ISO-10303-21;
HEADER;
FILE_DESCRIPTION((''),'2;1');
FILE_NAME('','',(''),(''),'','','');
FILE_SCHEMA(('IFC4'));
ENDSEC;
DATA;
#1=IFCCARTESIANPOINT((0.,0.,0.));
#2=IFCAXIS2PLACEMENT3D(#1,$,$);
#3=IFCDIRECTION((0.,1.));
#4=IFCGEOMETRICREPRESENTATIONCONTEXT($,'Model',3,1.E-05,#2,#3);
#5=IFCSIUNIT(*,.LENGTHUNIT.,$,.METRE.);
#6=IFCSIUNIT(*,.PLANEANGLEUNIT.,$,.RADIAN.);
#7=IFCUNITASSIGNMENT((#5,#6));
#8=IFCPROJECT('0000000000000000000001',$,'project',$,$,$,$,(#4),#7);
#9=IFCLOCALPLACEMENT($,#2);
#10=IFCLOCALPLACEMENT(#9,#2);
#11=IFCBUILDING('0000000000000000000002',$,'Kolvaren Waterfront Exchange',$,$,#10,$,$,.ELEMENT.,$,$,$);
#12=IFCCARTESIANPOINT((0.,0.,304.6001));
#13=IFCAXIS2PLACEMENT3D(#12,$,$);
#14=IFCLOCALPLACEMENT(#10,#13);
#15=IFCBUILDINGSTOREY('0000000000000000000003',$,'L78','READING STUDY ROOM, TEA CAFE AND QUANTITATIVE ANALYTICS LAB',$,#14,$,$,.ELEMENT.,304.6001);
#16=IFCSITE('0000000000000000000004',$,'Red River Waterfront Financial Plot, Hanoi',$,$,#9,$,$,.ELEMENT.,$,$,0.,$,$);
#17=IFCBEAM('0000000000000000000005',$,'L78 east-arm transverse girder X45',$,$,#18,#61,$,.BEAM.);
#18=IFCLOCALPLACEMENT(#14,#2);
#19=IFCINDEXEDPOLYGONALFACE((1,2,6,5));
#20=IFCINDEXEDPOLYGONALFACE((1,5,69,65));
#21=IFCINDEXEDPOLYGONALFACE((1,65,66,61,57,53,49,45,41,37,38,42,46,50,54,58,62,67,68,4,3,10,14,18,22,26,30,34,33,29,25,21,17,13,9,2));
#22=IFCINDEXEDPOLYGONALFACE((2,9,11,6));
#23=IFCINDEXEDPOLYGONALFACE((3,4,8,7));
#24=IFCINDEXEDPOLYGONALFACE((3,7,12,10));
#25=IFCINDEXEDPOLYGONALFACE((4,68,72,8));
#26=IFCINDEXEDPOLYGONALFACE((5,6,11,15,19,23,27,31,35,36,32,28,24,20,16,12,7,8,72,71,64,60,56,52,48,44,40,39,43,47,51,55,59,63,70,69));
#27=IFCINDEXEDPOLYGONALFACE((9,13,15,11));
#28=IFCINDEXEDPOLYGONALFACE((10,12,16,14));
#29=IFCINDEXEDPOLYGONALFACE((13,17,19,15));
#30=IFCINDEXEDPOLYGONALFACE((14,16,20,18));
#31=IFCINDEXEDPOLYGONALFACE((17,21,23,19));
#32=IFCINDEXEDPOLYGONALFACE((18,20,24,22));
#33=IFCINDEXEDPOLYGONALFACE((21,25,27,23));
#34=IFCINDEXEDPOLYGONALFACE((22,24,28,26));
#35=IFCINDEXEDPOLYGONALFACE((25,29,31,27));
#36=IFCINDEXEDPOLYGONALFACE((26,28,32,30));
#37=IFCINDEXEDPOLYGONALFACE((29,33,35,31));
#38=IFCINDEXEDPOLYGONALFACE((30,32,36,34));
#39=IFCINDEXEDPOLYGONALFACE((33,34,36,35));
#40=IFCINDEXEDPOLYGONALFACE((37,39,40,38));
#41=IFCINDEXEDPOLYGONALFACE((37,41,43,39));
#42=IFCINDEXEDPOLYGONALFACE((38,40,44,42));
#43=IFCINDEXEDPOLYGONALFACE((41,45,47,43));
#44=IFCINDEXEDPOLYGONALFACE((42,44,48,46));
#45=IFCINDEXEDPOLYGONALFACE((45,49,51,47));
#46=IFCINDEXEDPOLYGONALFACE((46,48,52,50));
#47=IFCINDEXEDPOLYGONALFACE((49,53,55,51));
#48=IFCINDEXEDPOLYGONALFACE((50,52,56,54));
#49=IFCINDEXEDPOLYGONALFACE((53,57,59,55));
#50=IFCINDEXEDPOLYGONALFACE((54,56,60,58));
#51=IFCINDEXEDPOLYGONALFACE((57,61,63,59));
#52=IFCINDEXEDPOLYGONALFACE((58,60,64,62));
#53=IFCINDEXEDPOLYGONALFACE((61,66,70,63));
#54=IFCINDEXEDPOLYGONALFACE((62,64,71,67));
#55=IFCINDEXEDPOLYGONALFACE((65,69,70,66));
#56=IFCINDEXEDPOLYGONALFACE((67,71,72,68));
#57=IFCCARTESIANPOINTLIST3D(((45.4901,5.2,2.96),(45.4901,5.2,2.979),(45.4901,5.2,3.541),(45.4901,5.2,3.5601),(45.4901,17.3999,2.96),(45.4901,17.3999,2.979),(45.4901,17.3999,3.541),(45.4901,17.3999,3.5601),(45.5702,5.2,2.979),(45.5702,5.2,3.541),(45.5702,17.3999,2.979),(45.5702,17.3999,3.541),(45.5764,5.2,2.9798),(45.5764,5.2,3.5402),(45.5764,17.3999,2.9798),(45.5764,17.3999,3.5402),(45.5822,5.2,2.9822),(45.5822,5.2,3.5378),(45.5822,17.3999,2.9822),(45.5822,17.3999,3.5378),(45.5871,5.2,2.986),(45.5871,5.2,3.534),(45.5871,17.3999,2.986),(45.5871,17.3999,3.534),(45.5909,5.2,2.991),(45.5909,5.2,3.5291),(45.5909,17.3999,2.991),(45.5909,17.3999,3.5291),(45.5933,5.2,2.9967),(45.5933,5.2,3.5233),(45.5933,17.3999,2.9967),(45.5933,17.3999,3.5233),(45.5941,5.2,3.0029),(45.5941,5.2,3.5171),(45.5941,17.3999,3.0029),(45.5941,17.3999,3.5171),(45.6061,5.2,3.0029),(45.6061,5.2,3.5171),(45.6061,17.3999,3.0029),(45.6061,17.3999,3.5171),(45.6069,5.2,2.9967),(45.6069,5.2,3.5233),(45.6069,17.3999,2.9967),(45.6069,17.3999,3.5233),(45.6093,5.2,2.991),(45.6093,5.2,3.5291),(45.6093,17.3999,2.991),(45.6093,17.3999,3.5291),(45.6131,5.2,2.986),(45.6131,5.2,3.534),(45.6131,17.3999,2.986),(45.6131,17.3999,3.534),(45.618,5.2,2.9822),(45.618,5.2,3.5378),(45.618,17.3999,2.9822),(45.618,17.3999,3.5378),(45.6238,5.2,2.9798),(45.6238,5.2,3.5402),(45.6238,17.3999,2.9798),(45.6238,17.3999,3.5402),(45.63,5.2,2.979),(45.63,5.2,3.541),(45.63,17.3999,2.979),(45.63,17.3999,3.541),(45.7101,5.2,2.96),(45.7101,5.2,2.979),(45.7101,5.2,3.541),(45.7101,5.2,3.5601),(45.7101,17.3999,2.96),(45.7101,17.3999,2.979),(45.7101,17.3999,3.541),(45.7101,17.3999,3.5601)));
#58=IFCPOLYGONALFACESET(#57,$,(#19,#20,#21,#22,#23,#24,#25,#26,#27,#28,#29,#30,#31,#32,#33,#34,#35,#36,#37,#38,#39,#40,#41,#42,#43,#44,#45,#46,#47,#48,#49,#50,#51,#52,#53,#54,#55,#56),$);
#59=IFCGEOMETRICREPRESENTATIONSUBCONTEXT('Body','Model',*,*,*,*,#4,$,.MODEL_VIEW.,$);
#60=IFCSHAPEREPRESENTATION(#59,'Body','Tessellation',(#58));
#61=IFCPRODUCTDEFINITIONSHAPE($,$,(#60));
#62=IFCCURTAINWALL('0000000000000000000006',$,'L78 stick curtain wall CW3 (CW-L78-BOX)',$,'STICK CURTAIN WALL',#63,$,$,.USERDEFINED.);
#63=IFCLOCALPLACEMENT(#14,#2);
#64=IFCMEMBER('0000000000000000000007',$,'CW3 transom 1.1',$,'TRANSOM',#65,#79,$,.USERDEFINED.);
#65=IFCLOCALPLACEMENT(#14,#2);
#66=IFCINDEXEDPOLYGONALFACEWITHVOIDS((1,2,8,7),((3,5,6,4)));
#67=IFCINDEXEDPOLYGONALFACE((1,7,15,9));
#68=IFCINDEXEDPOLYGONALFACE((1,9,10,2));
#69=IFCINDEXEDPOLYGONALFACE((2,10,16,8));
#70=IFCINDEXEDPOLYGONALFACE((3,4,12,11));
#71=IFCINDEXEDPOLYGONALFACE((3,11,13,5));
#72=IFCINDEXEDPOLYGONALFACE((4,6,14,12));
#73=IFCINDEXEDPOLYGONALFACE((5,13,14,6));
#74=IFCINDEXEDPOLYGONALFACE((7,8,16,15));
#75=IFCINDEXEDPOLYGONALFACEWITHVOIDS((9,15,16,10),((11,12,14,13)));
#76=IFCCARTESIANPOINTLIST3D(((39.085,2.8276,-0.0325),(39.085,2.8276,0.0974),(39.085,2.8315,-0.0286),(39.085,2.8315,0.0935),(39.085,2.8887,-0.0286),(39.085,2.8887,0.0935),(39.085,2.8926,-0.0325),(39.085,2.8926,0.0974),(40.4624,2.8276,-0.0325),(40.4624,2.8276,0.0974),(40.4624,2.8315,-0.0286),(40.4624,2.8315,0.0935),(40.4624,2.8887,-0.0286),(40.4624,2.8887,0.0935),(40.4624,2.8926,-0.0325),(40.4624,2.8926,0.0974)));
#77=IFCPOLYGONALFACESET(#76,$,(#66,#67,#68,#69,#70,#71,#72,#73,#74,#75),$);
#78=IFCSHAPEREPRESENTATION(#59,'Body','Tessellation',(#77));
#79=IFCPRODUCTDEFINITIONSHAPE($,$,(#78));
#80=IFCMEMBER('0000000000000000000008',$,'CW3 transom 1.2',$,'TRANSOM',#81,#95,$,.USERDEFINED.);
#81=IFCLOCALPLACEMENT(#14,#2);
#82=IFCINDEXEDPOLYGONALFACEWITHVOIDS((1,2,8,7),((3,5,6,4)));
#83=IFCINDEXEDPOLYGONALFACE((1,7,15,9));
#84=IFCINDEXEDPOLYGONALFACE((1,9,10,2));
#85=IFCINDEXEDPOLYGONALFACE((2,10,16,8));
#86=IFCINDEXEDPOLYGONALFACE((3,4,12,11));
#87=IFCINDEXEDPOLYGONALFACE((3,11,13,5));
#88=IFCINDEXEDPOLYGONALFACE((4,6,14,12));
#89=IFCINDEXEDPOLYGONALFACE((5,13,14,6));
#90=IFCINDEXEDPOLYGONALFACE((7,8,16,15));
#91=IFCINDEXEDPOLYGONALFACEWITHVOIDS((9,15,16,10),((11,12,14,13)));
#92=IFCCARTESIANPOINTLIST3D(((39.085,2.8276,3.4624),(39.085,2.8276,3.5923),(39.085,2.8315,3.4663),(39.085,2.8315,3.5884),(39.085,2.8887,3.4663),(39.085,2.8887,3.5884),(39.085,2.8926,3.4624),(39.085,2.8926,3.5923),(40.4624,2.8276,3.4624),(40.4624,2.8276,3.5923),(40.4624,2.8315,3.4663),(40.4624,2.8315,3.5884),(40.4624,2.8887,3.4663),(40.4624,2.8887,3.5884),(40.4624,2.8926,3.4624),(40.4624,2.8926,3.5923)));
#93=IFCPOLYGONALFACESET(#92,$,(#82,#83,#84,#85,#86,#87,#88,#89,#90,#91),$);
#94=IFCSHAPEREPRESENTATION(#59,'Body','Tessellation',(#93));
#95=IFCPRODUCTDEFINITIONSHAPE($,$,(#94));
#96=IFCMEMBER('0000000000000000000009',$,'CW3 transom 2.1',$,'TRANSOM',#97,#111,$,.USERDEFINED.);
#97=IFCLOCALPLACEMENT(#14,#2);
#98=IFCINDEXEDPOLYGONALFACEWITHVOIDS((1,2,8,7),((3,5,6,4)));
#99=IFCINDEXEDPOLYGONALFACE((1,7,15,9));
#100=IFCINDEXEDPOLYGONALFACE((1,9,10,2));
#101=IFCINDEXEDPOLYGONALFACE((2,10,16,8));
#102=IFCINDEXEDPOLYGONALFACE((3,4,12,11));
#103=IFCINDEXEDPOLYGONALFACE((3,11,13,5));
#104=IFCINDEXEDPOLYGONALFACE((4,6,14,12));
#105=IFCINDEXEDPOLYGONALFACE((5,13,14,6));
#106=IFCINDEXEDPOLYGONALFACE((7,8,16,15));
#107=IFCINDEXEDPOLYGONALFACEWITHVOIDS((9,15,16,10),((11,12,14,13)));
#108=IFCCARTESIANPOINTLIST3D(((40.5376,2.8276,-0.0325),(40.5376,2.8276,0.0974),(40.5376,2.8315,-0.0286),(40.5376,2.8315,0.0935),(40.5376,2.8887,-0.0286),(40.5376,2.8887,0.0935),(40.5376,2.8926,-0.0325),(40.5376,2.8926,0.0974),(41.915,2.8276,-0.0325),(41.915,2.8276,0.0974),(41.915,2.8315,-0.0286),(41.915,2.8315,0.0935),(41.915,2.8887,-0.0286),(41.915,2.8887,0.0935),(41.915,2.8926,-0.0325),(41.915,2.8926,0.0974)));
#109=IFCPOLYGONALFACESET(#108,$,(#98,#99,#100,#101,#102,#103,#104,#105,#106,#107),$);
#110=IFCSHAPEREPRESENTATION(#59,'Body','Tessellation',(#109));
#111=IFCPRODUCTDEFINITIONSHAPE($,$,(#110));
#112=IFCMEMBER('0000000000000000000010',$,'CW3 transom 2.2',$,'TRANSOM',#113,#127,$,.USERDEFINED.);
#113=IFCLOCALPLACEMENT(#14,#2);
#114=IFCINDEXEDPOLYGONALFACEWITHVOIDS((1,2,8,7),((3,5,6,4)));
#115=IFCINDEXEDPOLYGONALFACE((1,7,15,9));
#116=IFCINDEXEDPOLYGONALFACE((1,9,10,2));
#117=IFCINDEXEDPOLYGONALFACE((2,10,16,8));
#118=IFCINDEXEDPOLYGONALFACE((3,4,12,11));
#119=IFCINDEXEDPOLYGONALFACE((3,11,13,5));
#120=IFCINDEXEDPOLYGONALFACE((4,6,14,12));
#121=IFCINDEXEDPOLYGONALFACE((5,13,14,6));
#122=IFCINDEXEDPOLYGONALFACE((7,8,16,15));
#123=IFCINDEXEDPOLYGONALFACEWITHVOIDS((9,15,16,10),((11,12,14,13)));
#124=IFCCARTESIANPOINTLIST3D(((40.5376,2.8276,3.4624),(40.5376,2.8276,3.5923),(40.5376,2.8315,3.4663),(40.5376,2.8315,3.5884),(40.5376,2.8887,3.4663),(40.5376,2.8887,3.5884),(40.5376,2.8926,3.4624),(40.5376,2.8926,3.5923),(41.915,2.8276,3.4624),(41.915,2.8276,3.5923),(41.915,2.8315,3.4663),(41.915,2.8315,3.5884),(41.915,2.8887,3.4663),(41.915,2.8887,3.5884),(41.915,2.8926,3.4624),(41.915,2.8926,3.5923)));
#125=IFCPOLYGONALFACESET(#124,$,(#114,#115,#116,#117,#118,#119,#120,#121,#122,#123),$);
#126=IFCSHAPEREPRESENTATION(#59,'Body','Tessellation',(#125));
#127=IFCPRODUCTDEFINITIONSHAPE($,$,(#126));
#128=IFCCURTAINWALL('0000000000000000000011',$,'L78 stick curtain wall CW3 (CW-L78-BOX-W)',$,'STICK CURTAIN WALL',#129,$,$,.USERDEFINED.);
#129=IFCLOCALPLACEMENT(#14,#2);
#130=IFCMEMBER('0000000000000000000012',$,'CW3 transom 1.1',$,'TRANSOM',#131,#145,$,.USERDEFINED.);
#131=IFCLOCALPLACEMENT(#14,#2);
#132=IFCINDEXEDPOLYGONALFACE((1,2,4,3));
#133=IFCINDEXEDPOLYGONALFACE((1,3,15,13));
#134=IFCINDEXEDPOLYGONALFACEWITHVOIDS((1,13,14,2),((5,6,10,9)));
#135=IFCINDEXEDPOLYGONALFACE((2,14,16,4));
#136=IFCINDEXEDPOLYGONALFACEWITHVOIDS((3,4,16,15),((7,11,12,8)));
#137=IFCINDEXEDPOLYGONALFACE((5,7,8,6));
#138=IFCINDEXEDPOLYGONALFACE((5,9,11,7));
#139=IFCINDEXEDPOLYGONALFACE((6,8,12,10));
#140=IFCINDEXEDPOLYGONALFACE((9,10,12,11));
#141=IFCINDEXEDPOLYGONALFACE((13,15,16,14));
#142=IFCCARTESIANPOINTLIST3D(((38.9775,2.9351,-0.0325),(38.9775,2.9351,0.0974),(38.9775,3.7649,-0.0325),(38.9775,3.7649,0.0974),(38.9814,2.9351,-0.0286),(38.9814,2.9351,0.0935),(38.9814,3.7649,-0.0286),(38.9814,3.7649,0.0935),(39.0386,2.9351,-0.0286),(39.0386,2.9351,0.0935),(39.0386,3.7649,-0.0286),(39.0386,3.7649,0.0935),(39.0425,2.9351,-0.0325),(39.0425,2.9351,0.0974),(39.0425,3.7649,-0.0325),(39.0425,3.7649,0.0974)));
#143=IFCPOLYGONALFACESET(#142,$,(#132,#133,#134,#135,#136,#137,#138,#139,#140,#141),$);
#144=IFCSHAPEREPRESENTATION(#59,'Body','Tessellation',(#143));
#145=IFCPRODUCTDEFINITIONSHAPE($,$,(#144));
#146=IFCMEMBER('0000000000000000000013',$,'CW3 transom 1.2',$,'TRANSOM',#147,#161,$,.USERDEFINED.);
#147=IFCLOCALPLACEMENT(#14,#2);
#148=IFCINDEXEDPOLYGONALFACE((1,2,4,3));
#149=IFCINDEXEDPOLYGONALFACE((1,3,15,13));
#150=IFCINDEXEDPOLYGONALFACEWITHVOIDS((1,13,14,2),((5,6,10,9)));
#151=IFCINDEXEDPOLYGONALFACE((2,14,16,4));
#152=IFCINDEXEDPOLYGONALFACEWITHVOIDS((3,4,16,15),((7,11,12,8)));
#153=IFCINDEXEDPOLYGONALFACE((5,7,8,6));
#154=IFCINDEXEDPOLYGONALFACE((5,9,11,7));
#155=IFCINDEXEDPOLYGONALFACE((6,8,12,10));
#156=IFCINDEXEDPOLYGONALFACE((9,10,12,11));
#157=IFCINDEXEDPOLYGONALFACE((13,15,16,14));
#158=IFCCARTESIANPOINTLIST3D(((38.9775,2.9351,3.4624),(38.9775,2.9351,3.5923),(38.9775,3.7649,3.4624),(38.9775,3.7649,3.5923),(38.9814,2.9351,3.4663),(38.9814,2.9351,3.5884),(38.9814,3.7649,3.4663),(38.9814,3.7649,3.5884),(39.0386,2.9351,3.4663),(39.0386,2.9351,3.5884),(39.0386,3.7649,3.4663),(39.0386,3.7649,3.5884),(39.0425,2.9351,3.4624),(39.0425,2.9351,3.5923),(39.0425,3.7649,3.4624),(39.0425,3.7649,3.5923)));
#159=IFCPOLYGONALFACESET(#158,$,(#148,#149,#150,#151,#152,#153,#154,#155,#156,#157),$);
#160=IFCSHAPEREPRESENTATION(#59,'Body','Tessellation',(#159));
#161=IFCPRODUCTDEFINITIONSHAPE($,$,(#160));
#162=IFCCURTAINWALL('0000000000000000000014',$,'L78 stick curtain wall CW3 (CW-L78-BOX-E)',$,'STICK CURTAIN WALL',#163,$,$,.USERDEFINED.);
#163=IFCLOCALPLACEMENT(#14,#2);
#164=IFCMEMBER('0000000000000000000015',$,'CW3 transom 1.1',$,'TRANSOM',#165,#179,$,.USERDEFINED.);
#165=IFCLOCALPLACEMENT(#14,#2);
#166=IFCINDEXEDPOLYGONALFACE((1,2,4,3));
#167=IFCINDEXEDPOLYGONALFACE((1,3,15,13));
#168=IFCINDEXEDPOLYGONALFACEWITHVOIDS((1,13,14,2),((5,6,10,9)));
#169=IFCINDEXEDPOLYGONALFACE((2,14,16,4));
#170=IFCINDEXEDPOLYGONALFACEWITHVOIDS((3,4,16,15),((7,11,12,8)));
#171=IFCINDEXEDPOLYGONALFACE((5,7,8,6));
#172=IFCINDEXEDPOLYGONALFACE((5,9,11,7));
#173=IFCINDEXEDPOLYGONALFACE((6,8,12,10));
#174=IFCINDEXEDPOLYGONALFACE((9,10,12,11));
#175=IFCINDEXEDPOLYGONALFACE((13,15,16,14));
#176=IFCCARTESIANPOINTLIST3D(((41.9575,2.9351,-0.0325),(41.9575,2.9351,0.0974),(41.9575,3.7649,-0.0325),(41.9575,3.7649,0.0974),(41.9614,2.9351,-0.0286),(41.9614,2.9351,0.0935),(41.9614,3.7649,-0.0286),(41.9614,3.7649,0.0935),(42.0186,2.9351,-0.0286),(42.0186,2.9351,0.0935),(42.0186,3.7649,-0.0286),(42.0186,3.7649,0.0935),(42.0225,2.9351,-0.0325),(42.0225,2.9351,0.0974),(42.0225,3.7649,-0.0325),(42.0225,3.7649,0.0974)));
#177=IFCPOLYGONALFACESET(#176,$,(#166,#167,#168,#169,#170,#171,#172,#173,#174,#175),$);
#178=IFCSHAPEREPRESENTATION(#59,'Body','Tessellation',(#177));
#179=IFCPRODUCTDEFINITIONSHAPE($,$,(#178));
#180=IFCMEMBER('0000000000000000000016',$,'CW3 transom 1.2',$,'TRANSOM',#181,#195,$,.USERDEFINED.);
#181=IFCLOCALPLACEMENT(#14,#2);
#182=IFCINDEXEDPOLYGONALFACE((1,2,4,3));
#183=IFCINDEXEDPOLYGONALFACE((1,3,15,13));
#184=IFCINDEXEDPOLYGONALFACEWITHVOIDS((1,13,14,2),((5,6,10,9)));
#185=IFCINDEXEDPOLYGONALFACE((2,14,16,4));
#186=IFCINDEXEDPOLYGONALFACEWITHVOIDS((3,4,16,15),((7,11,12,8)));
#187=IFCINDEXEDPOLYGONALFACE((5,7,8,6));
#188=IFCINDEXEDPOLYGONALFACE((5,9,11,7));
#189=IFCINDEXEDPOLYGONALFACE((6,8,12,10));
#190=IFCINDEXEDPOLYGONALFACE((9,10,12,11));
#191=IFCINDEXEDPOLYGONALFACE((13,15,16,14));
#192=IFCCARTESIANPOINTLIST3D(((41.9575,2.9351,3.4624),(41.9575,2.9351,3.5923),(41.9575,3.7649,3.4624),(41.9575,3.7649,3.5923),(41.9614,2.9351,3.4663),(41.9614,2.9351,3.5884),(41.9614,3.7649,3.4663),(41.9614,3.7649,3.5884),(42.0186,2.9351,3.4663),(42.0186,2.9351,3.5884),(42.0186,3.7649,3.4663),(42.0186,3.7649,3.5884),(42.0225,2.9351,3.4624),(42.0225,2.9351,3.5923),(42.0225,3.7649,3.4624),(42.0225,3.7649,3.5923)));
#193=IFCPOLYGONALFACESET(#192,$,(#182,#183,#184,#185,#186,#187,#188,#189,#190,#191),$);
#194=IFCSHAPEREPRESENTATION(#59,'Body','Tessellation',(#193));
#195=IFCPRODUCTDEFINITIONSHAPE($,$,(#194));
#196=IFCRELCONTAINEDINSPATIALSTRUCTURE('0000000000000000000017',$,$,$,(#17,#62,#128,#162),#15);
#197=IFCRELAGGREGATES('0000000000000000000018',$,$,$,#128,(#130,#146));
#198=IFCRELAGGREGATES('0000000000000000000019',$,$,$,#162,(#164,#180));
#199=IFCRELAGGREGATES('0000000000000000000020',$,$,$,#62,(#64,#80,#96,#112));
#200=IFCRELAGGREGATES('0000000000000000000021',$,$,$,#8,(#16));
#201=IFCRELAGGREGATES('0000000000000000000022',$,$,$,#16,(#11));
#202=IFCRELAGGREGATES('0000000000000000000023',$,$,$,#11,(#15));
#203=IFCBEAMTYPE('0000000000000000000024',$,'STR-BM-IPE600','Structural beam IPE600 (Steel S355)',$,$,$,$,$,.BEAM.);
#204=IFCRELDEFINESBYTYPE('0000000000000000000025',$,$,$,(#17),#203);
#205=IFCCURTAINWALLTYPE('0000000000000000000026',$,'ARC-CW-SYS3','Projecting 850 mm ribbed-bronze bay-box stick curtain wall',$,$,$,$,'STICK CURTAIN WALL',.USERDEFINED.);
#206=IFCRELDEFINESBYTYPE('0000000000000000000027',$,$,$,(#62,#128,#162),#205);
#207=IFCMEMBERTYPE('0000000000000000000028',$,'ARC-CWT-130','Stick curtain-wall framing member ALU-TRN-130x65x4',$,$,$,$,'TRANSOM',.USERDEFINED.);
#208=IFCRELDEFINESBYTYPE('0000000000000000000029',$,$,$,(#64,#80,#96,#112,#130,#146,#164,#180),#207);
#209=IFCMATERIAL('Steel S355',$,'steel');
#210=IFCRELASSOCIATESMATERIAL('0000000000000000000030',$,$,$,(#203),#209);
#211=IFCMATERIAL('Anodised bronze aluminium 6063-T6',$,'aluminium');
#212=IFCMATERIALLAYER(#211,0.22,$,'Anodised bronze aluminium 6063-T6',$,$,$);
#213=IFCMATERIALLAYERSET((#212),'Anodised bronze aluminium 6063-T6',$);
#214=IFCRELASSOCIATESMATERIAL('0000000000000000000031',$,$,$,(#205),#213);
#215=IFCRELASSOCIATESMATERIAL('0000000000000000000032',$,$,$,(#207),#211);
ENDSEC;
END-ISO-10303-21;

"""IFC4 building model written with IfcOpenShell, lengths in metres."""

from ifc_helpers import new_model, si_unit, direction, frame, origin, origin_with_axes, origin_2d, place, context, subcontext, project, spatial, hollow_rectangle, i_section, extrude, source, transform, mapped, material, layer, layer_set, material_profile, profile_set, type_object, element, aggregate, save


model = new_model("IFC4")

# Units and contexts
model_context = context("Model", 3, precision=1e-05, world=origin(), true_north=direction((0.0, 1.0)))
body_context = subcontext(model_context, "Body", "Model", "MODEL_VIEW")
ifc_project = project(units=[si_unit("LENGTHUNIT", "METRE"), si_unit("PLANEANGLEUNIT", "RADIAN")], contexts=[model_context])

# Site, building, storey
site_placement = place(None, origin())
site = spatial("IfcSite", under=ifc_project, at=site_placement, Name="Red River Waterfront Financial Plot, Hanoi", CompositionType="ELEMENT", RefElevation=0.0)
building_placement = place(site_placement, origin())
building = spatial("IfcBuilding", under=site, at=building_placement, Name="Kolvaren Waterfront Exchange", CompositionType="ELEMENT")
storey_placement = place(building_placement, frame((0.0, 0.0, 304.6001)))
storey = spatial("IfcBuildingStorey", under=building, at=storey_placement, Name="L78", Description="READING STUDY ROOM, TEA CAFE AND QUANTITATIVE ANALYTICS LAB", CompositionType="ELEMENT", Elevation=304.6001)

# Beam
ifc_material_1 = material(Name="Steel S355", Category="steel")
ifc_material_profile_1 = material_profile(ifc_material_1, i_section(OverallWidth=0.22, OverallDepth=0.6001, WebThickness=0.012, FlangeThickness=0.019, FilletRadius=0.0239, at=origin_2d()), Name="IPE600")
ifc_profile_set_1 = profile_set([ifc_material_profile_1], Name="Steel S355")
beam_type_1 = type_object("IfcBeamType", Name="STR-BM-IPE600", Description="Structural beam IPE600 (Steel S355)", PredefinedType="BEAM", material=ifc_profile_set_1)
for number, where, z_axis, x_axis, name in (
    (1, (45.6001, 5.2, 3.26), (0.0, 1.0, 0.0), (-1.0, 0.0, 0.0), "L78 east-arm transverse girder X45"),
):
    element("IfcBeam", number, at=place(storey_placement, frame(where, z_axis=z_axis, x_axis=x_axis)), inside=storey, type_object=beam_type_1, Name=name, PredefinedType="BEAM", context=body_context, shape_type="SweptSolid", body=[
        extrude(i_section(OverallWidth=0.22, OverallDepth=0.6001, WebThickness=0.012, FlangeThickness=0.019, FilletRadius=0.0239, at=origin_2d()), origin(), (0.0, 0.0, 1.0), 12.2),
    ])

# Curtain walls, members
ifc_material_2 = material(Name="Anodised bronze aluminium 6063-T6", Category="aluminium")
ifc_layer_1 = layer(ifc_material_2, 0.22, Name="Anodised bronze aluminium 6063-T6")
ifc_layer_set_1 = layer_set([ifc_layer_1], Name="Anodised bronze aluminium 6063-T6")
curtain_wall_type_1 = type_object("IfcCurtainWallType", Name="ARC-CW-SYS3", Description="Projecting 850 mm ribbed-bronze bay-box stick curtain wall", ElementType="STICK CURTAIN WALL", PredefinedType="USERDEFINED", material=ifc_layer_set_1)
curtain_wall_1_placement = place(storey_placement, origin())
curtain_wall_1 = element("IfcCurtainWall", 2, at=curtain_wall_1_placement, inside=storey, type_object=curtain_wall_type_1, Name="L78 stick curtain wall CW3 (CW-L78-BOX)", ObjectType="STICK CURTAIN WALL", PredefinedType="USERDEFINED")
ifc_material_profile_2 = material_profile(ifc_material_2, hollow_rectangle(XDim=0.0649, YDim=0.1299, WallThickness=0.0039, at=origin_2d()), Name="ALU-TRN-130x65x4")
ifc_profile_set_2 = profile_set([ifc_material_profile_2], Name="Anodised bronze aluminium 6063-T6")
member_type_1 = type_object("IfcMemberType", Name="ARC-CWT-130", Description="Stick curtain-wall framing member ALU-TRN-130x65x4", ElementType="TRANSOM", PredefinedType="USERDEFINED", material=ifc_profile_set_2)
shared_shape_1 = source(origin_with_axes(), body_context, "Body", "SweptSolid", [
    extrude(hollow_rectangle(XDim=0.0649, YDim=0.1299, WallThickness=0.0039, at=origin_2d()), origin(), (0.0, 0.0, 1.0), 1.3774),
])
member_1_placement = place(storey_placement, frame((39.085, 2.8601, 0.0325), z_axis=(1.0, 0.0, 0.0), x_axis=(0.0, 1.0, 0.0)))
member_1 = element("IfcMember", 3, at=member_1_placement, type_object=member_type_1, Name="CW3 transom 1.1", ObjectType="TRANSOM", PredefinedType="USERDEFINED", context=body_context, shape_type="MappedRepresentation", body=[
    mapped(shared_shape_1, transform((0.0, 0.0, 0.0), x_axis=(1.0, 0.0, 0.0), y_axis=(0.0, 1.0, 0.0), z_axis=(0.0, 0.0, 1.0), scale=1.0)),
])
member_2_placement = place(storey_placement, frame((39.085, 2.8601, 3.5273), z_axis=(1.0, 0.0, 0.0), x_axis=(0.0, 1.0, 0.0)))
member_2 = element("IfcMember", 4, at=member_2_placement, type_object=member_type_1, Name="CW3 transom 1.2", ObjectType="TRANSOM", PredefinedType="USERDEFINED", context=body_context, shape_type="MappedRepresentation", body=[
    mapped(shared_shape_1, transform((0.0, 0.0, 0.0), x_axis=(1.0, 0.0, 0.0), y_axis=(0.0, 1.0, 0.0), z_axis=(0.0, 0.0, 1.0), scale=1.0)),
])
member_3_placement = place(storey_placement, frame((40.5376, 2.8601, 0.0325), z_axis=(1.0, 0.0, 0.0), x_axis=(0.0, 1.0, 0.0)))
member_3 = element("IfcMember", 5, at=member_3_placement, type_object=member_type_1, Name="CW3 transom 2.1", ObjectType="TRANSOM", PredefinedType="USERDEFINED", context=body_context, shape_type="MappedRepresentation", body=[
    mapped(shared_shape_1, transform((0.0, 0.0, 0.0), x_axis=(1.0, 0.0, 0.0), y_axis=(0.0, 1.0, 0.0), z_axis=(0.0, 0.0, 1.0), scale=1.0)),
])
member_4_placement = place(storey_placement, frame((40.5376, 2.8601, 3.5273), z_axis=(1.0, 0.0, 0.0), x_axis=(0.0, 1.0, 0.0)))
member_4 = element("IfcMember", 6, at=member_4_placement, type_object=member_type_1, Name="CW3 transom 2.2", ObjectType="TRANSOM", PredefinedType="USERDEFINED", context=body_context, shape_type="MappedRepresentation", body=[
    mapped(shared_shape_1, transform((0.0, 0.0, 0.0), x_axis=(1.0, 0.0, 0.0), y_axis=(0.0, 1.0, 0.0), z_axis=(0.0, 0.0, 1.0), scale=1.0)),
])
curtain_wall_2_placement = place(storey_placement, origin())
curtain_wall_2 = element("IfcCurtainWall", 7, at=curtain_wall_2_placement, inside=storey, type_object=curtain_wall_type_1, Name="L78 stick curtain wall CW3 (CW-L78-BOX-W)", ObjectType="STICK CURTAIN WALL", PredefinedType="USERDEFINED")
shared_shape_2 = source(origin_with_axes(), body_context, "Body", "SweptSolid", [
    extrude(hollow_rectangle(XDim=0.0649, YDim=0.1299, WallThickness=0.0039, at=origin_2d()), origin(), (0.0, 0.0, 1.0), 0.8298),
])
member_5_placement = place(storey_placement, frame((39.01, 3.7649, 0.0325), z_axis=(0.0, -1.0, 0.0), x_axis=(1.0, 0.0, 0.0)))
member_5 = element("IfcMember", 8, at=member_5_placement, type_object=member_type_1, Name="CW3 transom 1.1", ObjectType="TRANSOM", PredefinedType="USERDEFINED", context=body_context, shape_type="MappedRepresentation", body=[
    mapped(shared_shape_2, transform((0.0, 0.0, 0.0), x_axis=(1.0, 0.0, 0.0), y_axis=(0.0, 1.0, 0.0), z_axis=(0.0, 0.0, 1.0), scale=1.0)),
])
member_6_placement = place(storey_placement, frame((39.01, 3.7649, 3.5273), z_axis=(0.0, -1.0, 0.0), x_axis=(1.0, 0.0, 0.0)))
member_6 = element("IfcMember", 9, at=member_6_placement, type_object=member_type_1, Name="CW3 transom 1.2", ObjectType="TRANSOM", PredefinedType="USERDEFINED", context=body_context, shape_type="MappedRepresentation", body=[
    mapped(shared_shape_2, transform((0.0, 0.0, 0.0), x_axis=(1.0, 0.0, 0.0), y_axis=(0.0, 1.0, 0.0), z_axis=(0.0, 0.0, 1.0), scale=1.0)),
])
curtain_wall_3_placement = place(storey_placement, origin())
curtain_wall_3 = element("IfcCurtainWall", 10, at=curtain_wall_3_placement, inside=storey, type_object=curtain_wall_type_1, Name="L78 stick curtain wall CW3 (CW-L78-BOX-E)", ObjectType="STICK CURTAIN WALL", PredefinedType="USERDEFINED")
member_7_placement = place(storey_placement, frame((41.99, 2.9351, 0.0325), z_axis=(0.0, 1.0, 0.0), x_axis=(-1.0, 0.0, 0.0)))
member_7 = element("IfcMember", 11, at=member_7_placement, type_object=member_type_1, Name="CW3 transom 1.1", ObjectType="TRANSOM", PredefinedType="USERDEFINED", context=body_context, shape_type="MappedRepresentation", body=[
    mapped(shared_shape_2, transform((0.0, 0.0, 0.0), x_axis=(1.0, 0.0, 0.0), y_axis=(0.0, 1.0, 0.0), z_axis=(0.0, 0.0, 1.0), scale=1.0)),
])
member_8_placement = place(storey_placement, frame((41.99, 2.9351, 3.5273), z_axis=(0.0, 1.0, 0.0), x_axis=(-1.0, 0.0, 0.0)))
member_8 = element("IfcMember", 12, at=member_8_placement, type_object=member_type_1, Name="CW3 transom 1.2", ObjectType="TRANSOM", PredefinedType="USERDEFINED", context=body_context, shape_type="MappedRepresentation", body=[
    mapped(shared_shape_2, transform((0.0, 0.0, 0.0), x_axis=(1.0, 0.0, 0.0), y_axis=(0.0, 1.0, 0.0), z_axis=(0.0, 0.0, 1.0), scale=1.0)),
])

aggregate(curtain_wall_2, [member_5, member_6])
aggregate(curtain_wall_3, [member_7, member_8])
aggregate(curtain_wall_1, [member_1, member_2, member_3, member_4])

save(model, "model.ifc")
